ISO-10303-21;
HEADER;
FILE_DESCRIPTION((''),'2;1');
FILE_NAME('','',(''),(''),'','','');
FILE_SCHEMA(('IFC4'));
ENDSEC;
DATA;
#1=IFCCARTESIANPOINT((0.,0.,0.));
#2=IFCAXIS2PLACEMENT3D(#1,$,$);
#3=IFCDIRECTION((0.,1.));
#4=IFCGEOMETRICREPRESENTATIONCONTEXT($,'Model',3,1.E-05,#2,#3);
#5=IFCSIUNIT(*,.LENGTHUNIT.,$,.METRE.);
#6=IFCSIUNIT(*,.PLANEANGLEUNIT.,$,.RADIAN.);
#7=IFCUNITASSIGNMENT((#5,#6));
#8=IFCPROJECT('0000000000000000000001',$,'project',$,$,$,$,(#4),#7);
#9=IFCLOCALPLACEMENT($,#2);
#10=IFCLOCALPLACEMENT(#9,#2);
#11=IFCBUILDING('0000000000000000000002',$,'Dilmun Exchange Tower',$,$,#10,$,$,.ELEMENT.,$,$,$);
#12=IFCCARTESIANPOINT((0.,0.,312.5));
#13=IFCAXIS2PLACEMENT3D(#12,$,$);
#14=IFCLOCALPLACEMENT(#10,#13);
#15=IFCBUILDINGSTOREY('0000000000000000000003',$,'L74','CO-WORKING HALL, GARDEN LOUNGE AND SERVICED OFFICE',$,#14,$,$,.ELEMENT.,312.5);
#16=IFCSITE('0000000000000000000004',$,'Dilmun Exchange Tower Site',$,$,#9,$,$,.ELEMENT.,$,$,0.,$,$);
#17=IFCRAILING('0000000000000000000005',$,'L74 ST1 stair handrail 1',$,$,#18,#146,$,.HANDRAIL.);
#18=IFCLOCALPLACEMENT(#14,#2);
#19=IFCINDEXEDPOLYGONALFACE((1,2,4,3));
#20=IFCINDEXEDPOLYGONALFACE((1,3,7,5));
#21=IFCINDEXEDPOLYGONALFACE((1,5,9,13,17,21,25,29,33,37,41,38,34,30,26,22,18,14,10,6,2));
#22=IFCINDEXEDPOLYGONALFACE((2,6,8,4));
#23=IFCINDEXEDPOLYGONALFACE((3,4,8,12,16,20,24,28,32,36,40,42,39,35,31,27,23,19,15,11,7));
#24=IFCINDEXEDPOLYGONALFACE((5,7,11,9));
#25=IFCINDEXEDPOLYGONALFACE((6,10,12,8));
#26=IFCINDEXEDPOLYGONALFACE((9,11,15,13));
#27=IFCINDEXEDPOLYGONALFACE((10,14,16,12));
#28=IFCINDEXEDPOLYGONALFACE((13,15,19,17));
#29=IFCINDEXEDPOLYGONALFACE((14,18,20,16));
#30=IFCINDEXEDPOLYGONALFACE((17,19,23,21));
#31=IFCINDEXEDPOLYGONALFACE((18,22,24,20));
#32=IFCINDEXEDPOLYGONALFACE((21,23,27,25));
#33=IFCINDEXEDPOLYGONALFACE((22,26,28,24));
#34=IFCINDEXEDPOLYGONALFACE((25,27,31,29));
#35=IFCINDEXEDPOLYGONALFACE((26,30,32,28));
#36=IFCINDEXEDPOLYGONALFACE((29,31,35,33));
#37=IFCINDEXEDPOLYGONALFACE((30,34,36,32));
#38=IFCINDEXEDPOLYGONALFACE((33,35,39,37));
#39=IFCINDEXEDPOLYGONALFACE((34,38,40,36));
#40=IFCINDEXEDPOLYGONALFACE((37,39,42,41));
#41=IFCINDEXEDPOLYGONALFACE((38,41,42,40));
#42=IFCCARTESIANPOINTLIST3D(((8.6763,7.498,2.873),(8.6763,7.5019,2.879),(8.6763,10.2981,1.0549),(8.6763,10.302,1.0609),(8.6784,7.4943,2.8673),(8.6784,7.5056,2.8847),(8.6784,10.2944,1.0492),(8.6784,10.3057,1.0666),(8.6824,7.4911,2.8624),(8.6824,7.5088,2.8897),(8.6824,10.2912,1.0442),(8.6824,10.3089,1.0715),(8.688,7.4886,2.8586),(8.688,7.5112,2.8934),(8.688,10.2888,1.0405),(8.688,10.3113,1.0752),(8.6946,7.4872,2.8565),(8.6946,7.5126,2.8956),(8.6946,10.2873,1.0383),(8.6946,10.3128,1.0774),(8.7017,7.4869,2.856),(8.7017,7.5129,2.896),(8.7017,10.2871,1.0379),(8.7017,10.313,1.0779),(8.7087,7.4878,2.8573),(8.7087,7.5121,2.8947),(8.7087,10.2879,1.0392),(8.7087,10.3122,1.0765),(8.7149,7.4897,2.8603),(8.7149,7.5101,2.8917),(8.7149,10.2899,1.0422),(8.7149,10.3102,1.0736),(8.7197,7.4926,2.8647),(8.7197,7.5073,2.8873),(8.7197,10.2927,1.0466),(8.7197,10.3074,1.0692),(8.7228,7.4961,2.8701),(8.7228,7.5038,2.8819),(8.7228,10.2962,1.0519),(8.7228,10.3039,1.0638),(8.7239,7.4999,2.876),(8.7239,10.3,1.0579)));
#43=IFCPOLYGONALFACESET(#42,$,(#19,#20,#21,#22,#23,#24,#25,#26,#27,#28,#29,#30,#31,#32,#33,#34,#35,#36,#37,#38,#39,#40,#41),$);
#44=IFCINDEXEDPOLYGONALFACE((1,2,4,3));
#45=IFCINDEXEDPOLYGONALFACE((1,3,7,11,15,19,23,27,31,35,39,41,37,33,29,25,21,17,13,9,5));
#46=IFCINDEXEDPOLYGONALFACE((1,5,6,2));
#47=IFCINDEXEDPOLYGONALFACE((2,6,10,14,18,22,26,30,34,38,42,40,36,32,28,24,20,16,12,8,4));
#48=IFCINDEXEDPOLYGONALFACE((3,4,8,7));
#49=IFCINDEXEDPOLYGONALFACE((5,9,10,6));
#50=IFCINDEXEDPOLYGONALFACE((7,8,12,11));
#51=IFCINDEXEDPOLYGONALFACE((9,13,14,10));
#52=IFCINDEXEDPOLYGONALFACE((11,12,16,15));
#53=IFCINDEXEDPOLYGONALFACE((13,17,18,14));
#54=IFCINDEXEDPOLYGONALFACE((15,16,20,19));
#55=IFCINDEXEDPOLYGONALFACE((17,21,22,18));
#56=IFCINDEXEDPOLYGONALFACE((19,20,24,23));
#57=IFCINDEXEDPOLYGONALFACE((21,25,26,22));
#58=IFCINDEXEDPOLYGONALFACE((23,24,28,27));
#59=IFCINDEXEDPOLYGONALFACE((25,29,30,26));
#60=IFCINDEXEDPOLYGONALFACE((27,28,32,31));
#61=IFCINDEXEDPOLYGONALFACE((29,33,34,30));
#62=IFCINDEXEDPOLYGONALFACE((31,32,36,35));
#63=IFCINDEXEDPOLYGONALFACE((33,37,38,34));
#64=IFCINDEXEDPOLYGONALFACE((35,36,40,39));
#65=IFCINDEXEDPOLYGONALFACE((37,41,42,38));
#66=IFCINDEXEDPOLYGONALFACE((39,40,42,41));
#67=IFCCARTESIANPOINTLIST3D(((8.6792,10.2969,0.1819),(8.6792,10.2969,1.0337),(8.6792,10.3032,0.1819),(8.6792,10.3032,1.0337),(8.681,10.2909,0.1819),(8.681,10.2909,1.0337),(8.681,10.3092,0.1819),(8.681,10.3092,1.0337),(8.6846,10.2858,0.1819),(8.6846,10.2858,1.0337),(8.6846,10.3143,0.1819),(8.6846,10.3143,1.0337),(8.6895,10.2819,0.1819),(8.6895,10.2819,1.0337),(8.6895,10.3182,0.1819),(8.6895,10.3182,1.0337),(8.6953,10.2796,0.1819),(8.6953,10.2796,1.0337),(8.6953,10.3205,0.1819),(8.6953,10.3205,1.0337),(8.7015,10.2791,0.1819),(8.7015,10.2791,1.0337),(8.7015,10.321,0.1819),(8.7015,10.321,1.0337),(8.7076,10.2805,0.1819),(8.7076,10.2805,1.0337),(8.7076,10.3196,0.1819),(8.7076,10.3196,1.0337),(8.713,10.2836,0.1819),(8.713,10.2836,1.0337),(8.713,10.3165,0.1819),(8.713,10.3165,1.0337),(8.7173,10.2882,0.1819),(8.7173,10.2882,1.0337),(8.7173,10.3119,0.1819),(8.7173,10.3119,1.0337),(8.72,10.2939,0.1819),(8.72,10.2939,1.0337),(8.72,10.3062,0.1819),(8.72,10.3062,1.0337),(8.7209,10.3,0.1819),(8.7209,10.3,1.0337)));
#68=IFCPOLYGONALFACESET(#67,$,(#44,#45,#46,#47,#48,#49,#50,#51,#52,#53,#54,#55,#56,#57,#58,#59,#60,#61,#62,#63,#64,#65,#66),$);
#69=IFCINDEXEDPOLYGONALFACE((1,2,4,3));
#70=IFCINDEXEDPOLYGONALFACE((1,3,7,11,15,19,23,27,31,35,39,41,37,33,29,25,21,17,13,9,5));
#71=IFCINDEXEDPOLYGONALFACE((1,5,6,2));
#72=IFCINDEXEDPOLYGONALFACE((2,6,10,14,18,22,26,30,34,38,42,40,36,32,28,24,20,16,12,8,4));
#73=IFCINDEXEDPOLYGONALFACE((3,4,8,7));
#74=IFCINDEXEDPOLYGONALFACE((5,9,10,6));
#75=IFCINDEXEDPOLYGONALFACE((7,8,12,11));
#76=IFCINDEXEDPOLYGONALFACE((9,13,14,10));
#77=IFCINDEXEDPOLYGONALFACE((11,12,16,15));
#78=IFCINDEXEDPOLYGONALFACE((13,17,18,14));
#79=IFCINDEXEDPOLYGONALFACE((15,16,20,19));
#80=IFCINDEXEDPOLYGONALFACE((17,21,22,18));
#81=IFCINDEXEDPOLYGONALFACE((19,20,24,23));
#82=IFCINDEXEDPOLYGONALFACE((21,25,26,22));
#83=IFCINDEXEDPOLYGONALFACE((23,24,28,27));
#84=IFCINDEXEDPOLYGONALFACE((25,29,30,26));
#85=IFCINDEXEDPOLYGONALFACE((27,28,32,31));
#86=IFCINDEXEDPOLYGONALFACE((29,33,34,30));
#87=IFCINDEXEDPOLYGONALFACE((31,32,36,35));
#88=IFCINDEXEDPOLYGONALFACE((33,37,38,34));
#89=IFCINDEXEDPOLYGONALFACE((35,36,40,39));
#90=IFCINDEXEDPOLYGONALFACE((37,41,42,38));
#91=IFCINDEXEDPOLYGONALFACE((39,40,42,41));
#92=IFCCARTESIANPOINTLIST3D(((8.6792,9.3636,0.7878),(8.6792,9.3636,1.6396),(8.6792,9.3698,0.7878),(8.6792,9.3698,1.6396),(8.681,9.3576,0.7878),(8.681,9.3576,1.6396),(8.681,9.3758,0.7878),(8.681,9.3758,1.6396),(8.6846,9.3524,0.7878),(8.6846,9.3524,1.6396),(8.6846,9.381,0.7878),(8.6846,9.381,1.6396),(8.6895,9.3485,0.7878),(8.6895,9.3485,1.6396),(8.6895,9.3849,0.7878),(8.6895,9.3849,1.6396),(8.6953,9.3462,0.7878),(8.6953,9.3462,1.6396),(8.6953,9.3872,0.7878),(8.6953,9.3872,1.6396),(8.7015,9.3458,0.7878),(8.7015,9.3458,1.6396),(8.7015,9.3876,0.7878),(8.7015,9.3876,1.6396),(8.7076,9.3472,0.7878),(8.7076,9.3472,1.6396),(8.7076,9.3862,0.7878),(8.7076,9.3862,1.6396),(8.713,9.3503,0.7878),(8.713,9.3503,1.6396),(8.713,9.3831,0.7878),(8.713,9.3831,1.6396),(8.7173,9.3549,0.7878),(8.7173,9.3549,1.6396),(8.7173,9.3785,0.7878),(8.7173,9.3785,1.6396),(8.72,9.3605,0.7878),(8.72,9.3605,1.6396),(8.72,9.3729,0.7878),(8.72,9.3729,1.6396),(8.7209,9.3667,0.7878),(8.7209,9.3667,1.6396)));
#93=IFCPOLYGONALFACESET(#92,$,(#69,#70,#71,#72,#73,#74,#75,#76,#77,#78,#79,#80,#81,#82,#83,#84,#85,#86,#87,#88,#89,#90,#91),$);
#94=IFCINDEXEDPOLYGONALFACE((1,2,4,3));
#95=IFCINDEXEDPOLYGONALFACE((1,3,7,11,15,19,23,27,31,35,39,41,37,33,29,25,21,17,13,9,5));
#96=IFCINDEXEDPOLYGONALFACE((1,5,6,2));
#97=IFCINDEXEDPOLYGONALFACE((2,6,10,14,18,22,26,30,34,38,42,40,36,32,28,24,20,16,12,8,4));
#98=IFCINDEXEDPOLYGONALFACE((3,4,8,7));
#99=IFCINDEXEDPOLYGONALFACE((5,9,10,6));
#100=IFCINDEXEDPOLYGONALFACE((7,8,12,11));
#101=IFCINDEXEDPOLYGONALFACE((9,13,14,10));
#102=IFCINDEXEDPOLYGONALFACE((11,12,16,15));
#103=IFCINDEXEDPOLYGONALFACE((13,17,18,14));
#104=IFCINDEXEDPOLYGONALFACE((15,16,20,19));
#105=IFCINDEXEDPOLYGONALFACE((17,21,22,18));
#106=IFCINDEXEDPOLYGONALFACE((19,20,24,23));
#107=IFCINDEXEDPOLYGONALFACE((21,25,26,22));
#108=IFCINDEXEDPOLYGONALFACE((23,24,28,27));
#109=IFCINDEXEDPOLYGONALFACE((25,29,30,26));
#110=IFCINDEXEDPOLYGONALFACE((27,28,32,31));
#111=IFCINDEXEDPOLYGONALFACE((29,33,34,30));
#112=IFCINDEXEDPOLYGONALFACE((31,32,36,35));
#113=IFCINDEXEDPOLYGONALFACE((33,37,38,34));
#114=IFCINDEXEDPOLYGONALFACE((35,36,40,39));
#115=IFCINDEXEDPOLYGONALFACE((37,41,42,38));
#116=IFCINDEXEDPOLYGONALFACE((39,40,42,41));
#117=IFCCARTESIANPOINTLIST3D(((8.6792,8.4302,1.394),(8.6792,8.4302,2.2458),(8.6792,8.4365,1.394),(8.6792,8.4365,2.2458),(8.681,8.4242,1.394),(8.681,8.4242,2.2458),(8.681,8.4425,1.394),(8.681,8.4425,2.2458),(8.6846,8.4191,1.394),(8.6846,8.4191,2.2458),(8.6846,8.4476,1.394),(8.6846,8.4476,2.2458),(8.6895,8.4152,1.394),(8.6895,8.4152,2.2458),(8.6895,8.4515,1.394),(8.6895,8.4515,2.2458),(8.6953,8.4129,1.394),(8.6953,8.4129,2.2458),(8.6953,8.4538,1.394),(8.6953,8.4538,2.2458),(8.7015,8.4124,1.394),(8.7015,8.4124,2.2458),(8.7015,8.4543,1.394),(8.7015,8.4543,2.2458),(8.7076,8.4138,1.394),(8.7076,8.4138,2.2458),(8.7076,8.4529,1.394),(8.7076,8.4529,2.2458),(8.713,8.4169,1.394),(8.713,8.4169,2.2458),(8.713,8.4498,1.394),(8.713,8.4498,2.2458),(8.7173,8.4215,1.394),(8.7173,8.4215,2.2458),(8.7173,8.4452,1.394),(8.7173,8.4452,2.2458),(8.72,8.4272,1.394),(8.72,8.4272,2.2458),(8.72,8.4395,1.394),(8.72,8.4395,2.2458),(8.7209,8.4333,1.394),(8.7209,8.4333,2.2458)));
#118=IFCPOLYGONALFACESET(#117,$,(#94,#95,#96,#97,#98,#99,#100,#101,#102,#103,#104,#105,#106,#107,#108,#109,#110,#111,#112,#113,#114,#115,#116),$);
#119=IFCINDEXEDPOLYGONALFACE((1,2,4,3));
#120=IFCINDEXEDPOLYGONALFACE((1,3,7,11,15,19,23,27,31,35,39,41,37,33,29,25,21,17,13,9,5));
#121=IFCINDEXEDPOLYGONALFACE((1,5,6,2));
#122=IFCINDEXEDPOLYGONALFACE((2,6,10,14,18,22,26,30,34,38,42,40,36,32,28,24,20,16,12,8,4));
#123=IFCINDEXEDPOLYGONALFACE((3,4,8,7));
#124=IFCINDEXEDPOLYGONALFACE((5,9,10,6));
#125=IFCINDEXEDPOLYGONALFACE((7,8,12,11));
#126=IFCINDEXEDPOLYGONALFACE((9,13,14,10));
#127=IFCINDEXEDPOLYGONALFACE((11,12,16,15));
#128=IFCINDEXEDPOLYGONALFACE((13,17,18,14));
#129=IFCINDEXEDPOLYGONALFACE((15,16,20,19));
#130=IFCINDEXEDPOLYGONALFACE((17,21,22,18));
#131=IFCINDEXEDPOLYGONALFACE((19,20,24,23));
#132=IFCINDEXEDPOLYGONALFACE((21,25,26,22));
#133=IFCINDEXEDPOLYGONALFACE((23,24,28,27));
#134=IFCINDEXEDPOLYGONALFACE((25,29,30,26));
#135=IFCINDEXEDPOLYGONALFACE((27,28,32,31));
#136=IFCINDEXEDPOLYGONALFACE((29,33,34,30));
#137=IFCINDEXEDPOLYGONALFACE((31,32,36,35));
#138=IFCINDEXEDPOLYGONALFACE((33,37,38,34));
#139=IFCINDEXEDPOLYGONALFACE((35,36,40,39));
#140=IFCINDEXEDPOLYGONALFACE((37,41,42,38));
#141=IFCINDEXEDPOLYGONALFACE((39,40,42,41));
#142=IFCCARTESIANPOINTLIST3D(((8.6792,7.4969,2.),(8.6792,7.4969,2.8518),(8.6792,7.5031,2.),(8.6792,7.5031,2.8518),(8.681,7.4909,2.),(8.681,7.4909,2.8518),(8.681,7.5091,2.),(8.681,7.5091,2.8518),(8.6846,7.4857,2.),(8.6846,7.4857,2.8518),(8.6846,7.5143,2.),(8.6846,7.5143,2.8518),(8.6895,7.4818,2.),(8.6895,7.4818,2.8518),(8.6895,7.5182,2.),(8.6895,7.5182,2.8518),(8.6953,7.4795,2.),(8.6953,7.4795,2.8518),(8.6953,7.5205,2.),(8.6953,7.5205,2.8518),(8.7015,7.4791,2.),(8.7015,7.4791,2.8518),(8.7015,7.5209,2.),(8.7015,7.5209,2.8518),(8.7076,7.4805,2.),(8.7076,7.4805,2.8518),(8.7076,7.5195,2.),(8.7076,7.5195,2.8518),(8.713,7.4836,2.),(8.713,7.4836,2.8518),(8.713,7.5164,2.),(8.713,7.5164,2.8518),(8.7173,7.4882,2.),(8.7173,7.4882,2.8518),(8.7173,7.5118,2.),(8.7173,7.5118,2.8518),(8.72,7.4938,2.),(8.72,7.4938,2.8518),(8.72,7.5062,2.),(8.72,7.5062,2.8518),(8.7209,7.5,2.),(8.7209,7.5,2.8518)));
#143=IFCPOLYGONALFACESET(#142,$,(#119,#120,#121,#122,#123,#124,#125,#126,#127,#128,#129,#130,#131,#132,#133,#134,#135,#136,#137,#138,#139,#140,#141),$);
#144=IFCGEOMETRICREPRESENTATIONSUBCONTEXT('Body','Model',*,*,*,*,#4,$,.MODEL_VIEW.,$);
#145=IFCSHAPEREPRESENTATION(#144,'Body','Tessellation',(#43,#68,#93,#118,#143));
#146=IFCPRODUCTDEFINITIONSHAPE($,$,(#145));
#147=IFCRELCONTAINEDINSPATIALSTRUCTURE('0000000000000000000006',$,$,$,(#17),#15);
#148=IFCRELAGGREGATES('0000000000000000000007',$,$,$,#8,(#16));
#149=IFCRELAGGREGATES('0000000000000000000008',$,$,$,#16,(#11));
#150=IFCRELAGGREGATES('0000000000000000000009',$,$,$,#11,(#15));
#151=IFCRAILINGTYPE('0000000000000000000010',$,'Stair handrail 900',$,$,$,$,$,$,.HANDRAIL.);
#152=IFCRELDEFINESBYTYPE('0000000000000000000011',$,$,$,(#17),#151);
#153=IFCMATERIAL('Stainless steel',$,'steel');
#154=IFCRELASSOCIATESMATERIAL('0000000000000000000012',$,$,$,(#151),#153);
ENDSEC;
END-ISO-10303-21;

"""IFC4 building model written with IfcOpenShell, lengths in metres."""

from ifc_helpers import new_model, si_unit, direction, frame, origin, origin_2d, place, context, subcontext, project, spatial, circle, extrude, material, type_object, element, save


model = new_model("IFC4")

# Units and contexts
model_context = context("Model", 3, precision=1e-05, world=origin(), true_north=direction((0.0, 1.0)))
body_context = subcontext(model_context, "Body", "Model", "MODEL_VIEW")
ifc_project = project(units=[si_unit("LENGTHUNIT", "METRE"), si_unit("PLANEANGLEUNIT", "RADIAN")], contexts=[model_context])

# Site, building, storey
site_placement = place(None, origin())
site = spatial("IfcSite", under=ifc_project, at=site_placement, Name="Dilmun Exchange Tower Site", CompositionType="ELEMENT", RefElevation=0.0)
building_placement = place(site_placement, origin())
building = spatial("IfcBuilding", under=site, at=building_placement, Name="Dilmun Exchange Tower", CompositionType="ELEMENT")
storey_placement = place(building_placement, frame((0.0, 0.0, 312.5)))
storey = spatial("IfcBuildingStorey", under=building, at=storey_placement, Name="L74", Description="CO-WORKING HALL, GARDEN LOUNGE AND SERVICED OFFICE", CompositionType="ELEMENT", Elevation=312.5)

# Railing
ifc_material_1 = material(Name="Stainless steel", Category="steel")
railing_type = type_object("IfcRailingType", Name="Stair handrail 900", PredefinedType="HANDRAIL", material=ifc_material_1)
railing_1_placement = place(storey_placement, frame((8.7, 10.3, 0.1819)))
element("IfcRailing", 1, at=railing_1_placement, inside=storey, type_object=railing_type, Name="L74 ST1 stair handrail 1", PredefinedType="HANDRAIL", context=body_context, shape_type="SweptSolid", body=[
    extrude(circle(Radius=0.0239, at=origin_2d()), frame((0.0, 0.0, 0.876), z_axis=(0.0, -0.838706, 0.544585), x_axis=(1.0, 0.0, 0.0)), (0.0, 0.0, 1.0), 3.3386),
    extrude(circle(Radius=0.021, at=origin_2d()), origin(), (0.0, 0.0, 1.0), 0.8518),
    extrude(circle(Radius=0.021, at=origin_2d()), frame((0.0, -0.9333, 0.606)), (0.0, 0.0, 1.0), 0.8518),
    extrude(circle(Radius=0.021, at=origin_2d()), frame((0.0, -1.8667, 1.2122)), (0.0, 0.0, 1.0), 0.8518),
    extrude(circle(Radius=0.021, at=origin_2d()), frame((0.0, -2.8, 1.8181)), (0.0, 0.0, 1.0), 0.8518),
])

save(model, "model.ifc")
